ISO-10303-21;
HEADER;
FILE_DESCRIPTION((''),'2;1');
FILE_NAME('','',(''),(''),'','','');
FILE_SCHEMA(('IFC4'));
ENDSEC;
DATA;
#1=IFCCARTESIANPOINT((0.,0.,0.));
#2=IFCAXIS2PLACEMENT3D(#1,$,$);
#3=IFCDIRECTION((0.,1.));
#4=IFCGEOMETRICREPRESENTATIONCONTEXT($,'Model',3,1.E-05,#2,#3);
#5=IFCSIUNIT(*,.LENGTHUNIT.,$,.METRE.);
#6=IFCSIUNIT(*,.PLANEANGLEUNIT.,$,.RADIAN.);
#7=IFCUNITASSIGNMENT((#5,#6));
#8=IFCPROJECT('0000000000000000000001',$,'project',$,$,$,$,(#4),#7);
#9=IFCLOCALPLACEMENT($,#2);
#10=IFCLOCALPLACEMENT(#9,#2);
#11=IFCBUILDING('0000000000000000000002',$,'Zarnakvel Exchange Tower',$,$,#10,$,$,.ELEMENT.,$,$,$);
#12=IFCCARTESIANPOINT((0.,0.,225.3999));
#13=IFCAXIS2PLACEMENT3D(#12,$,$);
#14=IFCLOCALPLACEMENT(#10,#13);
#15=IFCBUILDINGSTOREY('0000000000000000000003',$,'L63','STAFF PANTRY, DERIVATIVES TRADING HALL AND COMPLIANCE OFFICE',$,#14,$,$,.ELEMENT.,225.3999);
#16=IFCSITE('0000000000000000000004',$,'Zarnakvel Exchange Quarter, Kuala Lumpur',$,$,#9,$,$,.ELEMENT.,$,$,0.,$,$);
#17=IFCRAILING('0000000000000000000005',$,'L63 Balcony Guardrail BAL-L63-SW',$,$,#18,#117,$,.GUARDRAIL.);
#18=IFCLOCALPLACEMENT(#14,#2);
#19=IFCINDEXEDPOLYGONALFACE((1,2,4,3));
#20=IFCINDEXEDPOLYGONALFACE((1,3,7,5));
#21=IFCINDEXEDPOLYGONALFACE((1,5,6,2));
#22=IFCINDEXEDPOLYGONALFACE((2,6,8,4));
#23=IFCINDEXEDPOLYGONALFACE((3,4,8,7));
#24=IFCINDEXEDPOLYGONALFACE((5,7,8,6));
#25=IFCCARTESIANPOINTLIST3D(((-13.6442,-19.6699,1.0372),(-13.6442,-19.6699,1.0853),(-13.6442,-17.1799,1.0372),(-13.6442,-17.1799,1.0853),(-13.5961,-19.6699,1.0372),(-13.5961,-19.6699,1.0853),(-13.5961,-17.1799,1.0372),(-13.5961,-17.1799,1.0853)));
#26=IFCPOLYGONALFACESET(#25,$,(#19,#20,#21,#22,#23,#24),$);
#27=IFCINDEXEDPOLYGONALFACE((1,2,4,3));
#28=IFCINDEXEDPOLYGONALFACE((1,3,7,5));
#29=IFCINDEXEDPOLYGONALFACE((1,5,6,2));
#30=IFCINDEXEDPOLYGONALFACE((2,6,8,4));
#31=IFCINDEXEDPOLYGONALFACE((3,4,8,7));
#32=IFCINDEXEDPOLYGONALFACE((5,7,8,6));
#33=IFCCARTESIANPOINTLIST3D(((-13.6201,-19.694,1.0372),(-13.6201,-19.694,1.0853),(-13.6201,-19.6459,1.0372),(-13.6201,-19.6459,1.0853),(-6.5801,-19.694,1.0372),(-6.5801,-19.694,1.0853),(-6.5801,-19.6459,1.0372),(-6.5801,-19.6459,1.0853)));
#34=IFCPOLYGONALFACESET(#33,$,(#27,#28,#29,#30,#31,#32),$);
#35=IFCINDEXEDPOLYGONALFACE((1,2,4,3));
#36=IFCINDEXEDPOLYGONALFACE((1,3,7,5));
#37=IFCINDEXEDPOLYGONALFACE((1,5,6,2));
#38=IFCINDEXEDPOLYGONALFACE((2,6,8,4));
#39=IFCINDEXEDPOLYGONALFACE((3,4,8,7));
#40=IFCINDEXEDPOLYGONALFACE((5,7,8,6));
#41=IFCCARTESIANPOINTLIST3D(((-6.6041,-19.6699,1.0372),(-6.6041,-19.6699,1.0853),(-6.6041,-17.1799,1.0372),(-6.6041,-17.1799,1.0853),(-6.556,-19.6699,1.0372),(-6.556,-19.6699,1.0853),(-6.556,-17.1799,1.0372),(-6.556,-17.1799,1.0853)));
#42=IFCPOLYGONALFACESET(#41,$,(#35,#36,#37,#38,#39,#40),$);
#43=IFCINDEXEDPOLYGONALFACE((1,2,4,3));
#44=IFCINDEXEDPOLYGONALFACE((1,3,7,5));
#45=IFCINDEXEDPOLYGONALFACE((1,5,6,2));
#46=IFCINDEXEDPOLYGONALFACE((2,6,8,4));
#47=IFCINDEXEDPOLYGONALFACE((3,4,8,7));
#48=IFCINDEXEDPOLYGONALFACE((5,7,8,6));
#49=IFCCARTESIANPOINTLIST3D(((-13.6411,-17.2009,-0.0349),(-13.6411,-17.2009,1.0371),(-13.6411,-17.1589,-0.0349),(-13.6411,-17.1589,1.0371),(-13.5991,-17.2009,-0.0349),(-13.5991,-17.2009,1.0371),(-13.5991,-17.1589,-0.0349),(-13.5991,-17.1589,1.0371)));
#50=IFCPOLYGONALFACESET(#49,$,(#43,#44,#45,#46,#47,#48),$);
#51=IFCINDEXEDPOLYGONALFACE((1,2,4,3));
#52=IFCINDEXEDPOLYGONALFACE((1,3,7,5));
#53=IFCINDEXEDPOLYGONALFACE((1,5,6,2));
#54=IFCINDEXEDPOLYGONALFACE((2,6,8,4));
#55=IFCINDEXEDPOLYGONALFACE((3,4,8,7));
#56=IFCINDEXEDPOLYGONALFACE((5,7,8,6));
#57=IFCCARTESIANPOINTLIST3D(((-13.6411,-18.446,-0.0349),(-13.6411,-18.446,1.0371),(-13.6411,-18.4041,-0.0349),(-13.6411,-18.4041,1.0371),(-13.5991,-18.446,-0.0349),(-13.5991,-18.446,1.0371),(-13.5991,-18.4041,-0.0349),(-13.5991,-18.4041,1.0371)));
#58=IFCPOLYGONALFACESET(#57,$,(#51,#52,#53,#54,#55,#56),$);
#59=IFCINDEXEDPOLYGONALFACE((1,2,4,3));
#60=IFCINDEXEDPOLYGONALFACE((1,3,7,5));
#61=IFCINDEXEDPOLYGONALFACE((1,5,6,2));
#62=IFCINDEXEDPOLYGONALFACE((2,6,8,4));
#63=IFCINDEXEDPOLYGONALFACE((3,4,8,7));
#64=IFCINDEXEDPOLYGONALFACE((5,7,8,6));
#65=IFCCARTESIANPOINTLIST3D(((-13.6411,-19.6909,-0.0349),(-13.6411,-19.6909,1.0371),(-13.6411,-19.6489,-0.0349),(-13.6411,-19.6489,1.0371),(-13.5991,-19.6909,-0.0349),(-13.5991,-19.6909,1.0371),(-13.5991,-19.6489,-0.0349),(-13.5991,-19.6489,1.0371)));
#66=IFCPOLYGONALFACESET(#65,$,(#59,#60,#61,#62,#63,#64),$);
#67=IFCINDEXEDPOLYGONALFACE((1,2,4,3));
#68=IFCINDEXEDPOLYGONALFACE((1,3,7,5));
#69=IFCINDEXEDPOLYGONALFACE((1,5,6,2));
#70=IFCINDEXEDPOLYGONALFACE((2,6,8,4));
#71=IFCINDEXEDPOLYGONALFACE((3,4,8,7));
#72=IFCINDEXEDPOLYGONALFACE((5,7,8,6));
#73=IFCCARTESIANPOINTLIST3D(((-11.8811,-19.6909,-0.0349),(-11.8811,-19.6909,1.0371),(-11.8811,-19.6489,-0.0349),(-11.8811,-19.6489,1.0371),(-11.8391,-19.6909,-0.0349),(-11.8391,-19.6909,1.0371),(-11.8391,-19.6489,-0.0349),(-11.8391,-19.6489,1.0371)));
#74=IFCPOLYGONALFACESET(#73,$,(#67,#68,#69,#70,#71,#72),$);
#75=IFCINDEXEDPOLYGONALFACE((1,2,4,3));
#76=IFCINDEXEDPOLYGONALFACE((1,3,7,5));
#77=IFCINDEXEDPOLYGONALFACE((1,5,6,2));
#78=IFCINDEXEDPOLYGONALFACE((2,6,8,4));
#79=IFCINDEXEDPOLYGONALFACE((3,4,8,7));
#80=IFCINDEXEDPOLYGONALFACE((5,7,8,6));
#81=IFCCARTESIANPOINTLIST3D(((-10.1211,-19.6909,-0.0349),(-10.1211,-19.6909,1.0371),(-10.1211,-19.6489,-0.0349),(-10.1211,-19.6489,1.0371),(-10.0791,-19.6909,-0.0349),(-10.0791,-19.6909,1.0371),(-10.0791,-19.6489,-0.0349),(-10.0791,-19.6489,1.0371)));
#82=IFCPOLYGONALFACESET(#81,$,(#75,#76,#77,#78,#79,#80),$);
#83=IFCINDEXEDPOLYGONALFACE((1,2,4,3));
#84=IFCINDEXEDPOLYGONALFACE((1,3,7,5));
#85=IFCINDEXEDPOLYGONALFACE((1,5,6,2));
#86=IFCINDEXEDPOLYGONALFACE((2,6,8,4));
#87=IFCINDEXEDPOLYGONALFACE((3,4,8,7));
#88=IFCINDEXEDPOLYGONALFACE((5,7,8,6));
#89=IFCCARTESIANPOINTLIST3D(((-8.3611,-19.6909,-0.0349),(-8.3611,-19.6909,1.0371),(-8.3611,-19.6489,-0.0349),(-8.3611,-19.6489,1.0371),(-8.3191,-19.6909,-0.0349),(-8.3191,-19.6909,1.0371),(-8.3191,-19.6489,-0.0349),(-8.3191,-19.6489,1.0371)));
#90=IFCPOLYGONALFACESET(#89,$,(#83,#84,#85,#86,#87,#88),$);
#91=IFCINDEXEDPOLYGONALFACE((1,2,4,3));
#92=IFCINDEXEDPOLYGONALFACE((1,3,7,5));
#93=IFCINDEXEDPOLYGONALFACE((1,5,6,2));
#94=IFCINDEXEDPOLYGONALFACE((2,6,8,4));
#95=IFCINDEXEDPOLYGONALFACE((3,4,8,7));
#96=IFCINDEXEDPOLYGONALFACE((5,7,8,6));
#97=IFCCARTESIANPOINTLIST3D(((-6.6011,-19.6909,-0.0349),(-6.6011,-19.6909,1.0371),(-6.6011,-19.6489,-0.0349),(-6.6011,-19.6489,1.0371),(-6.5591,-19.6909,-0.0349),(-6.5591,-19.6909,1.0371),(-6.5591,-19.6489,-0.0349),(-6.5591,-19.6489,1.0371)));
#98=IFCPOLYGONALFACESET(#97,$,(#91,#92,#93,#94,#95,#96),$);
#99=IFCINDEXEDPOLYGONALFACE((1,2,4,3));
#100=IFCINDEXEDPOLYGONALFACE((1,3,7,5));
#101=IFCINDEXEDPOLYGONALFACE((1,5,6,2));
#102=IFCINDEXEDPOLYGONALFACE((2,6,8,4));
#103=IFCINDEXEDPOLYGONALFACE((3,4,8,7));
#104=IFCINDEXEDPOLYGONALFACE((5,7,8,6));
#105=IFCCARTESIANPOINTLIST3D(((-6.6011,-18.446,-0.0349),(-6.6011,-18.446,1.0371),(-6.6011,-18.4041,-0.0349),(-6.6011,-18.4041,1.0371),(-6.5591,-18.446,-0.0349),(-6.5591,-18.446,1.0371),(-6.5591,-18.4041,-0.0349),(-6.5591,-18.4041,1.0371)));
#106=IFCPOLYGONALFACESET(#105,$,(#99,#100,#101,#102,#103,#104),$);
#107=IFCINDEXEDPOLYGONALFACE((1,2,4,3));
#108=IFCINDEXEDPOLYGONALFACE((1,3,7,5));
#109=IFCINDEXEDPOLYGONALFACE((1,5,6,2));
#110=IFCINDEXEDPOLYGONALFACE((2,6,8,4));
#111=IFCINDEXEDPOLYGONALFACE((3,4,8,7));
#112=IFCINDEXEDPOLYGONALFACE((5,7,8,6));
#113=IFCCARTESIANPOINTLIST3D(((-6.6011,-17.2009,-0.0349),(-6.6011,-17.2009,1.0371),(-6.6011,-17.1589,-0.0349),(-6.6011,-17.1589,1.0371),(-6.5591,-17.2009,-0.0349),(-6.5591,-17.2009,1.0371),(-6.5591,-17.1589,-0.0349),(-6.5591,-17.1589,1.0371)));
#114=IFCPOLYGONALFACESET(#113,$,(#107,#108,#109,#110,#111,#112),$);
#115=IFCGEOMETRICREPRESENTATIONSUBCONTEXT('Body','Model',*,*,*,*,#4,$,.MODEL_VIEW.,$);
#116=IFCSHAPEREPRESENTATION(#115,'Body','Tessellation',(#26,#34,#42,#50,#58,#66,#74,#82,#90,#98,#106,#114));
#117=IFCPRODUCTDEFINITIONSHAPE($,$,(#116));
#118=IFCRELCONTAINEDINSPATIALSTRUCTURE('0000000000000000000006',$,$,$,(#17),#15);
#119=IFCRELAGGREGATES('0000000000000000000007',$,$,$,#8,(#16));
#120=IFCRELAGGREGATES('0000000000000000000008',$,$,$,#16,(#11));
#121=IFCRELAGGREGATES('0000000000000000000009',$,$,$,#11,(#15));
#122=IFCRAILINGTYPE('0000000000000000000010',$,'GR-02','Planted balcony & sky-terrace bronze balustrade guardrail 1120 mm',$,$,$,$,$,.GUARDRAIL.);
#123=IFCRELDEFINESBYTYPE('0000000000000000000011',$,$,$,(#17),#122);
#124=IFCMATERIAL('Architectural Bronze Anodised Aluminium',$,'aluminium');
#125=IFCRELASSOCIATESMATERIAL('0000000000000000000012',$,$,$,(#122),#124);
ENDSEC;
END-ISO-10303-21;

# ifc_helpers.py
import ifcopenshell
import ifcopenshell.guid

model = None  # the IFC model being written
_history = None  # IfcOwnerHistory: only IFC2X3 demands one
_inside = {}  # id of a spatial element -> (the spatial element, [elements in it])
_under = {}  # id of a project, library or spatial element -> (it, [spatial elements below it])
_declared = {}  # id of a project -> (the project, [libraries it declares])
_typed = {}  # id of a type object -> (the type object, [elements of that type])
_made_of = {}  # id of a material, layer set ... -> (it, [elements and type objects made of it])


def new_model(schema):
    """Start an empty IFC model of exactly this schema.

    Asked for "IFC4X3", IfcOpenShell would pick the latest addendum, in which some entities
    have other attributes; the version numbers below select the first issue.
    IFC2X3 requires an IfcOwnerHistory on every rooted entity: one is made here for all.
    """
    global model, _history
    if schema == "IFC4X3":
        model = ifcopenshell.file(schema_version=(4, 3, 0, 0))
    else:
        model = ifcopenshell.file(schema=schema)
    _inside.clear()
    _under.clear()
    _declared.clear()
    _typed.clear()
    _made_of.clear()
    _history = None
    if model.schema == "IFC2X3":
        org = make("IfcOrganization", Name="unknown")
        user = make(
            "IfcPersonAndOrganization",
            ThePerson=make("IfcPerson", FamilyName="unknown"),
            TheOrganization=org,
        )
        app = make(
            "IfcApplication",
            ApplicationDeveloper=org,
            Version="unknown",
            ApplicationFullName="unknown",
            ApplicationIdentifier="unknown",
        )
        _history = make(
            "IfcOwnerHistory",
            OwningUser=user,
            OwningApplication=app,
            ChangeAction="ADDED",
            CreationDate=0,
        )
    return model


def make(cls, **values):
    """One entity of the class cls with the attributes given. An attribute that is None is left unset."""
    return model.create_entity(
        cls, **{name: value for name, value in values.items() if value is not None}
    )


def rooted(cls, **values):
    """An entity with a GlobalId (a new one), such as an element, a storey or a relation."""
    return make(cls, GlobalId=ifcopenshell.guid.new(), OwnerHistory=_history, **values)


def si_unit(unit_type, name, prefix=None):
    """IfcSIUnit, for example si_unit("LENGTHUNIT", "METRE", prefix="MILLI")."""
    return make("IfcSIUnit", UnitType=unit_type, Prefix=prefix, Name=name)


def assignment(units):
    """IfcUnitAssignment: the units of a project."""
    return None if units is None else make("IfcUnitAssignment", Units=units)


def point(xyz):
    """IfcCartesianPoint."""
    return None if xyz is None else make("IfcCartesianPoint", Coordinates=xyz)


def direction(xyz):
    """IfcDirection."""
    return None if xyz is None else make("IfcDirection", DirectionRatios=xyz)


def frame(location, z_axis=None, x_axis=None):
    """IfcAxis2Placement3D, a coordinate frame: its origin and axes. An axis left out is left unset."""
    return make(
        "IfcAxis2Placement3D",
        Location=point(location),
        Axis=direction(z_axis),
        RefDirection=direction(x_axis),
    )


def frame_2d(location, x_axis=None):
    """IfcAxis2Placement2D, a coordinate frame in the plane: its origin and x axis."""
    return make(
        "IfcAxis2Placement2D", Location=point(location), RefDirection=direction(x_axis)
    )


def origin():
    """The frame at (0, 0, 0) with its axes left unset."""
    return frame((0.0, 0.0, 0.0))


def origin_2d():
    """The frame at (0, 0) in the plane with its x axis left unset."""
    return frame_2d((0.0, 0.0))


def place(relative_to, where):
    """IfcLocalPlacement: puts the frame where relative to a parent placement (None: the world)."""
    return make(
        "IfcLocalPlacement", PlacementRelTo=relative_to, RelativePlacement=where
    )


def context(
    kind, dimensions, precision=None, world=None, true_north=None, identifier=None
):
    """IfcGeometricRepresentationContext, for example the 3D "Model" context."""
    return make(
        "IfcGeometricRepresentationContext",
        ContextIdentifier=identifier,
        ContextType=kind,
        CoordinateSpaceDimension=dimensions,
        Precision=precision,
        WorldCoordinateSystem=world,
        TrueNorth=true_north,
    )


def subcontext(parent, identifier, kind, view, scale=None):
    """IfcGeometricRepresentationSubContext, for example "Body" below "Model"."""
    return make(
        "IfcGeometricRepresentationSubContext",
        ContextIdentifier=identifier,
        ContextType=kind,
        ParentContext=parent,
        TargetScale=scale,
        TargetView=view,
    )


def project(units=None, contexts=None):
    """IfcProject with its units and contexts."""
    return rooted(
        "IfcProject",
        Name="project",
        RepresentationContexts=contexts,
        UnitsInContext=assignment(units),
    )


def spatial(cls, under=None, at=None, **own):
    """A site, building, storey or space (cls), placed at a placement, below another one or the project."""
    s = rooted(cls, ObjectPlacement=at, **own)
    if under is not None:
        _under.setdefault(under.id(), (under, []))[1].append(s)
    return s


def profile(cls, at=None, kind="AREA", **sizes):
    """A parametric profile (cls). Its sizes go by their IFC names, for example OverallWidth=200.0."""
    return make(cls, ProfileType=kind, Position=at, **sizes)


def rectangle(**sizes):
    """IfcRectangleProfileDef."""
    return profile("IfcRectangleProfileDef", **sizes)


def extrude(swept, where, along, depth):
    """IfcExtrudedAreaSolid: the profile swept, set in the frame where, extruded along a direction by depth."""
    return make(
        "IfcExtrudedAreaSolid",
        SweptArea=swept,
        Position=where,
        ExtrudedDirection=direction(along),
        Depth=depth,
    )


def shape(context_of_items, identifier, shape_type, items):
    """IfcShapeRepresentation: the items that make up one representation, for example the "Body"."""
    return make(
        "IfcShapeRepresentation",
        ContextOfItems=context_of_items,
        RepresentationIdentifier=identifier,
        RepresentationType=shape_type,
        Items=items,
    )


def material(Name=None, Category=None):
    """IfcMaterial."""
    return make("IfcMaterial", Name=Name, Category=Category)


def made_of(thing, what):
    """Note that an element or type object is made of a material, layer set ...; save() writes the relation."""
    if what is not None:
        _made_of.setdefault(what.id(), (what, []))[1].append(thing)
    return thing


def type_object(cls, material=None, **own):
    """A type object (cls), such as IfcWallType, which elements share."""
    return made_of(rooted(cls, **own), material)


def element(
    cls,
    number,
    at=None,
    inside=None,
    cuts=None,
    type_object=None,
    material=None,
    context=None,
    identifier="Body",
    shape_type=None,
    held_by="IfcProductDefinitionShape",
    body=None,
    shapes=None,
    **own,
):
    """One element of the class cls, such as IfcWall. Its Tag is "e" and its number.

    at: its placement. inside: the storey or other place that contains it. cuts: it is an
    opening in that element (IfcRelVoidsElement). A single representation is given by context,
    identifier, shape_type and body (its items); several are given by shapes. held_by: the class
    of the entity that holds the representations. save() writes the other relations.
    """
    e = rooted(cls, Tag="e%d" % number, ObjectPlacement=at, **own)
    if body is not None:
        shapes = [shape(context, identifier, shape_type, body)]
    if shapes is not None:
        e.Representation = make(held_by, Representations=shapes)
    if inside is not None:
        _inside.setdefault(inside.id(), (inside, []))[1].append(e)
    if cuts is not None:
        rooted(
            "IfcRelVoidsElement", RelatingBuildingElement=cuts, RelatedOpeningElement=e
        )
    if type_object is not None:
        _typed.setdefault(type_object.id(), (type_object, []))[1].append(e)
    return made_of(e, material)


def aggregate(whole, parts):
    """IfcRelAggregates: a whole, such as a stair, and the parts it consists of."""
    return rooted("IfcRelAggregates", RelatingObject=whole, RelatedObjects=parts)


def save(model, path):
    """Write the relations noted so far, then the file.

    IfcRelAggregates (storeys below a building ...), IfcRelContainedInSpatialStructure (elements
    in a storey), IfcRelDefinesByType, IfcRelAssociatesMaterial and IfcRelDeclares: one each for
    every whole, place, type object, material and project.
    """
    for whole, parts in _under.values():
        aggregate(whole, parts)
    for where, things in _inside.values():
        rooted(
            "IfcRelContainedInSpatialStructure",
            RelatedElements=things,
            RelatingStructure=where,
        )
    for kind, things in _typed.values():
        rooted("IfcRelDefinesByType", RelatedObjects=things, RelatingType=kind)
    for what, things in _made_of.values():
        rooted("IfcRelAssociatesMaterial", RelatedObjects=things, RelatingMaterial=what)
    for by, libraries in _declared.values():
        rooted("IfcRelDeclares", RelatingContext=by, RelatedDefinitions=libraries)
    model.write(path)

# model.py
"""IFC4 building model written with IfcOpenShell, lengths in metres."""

from ifc_helpers import new_model, si_unit, direction, frame, origin, origin_2d, place, context, subcontext, project, spatial, rectangle, extrude, material, type_object, element, save


model = new_model("IFC4")

# Units and contexts
model_context = context("Model", 3, precision=1e-05, world=origin(), true_north=direction((0.0, 1.0)))
body_context = subcontext(model_context, "Body", "Model", "MODEL_VIEW")
ifc_project = project(units=[si_unit("LENGTHUNIT", "METRE"), si_unit("PLANEANGLEUNIT", "RADIAN")], contexts=[model_context])

# Site, building, storey
site_placement = place(None, origin())
site = spatial("IfcSite", under=ifc_project, at=site_placement, Name="Zarnakvel Exchange Quarter, Kuala Lumpur", CompositionType="ELEMENT", RefElevation=0.0)
building_placement = place(site_placement, origin())
building = spatial("IfcBuilding", under=site, at=building_placement, Name="Zarnakvel Exchange Tower", CompositionType="ELEMENT")
storey_placement = place(building_placement, frame((0.0, 0.0, 225.3999)))
storey = spatial("IfcBuildingStorey", under=building, at=storey_placement, Name="L63", Description="STAFF PANTRY, DERIVATIVES TRADING HALL AND COMPLIANCE OFFICE", CompositionType="ELEMENT", Elevation=225.3999)

# Shared definitions
ifc_material_1 = material(Name="Architectural Bronze Anodised Aluminium", Category="aluminium")

# Railing
railing_type = type_object("IfcRailingType", Name="GR-02", Description="Planted balcony & sky-terrace bronze balustrade guardrail 1120 mm", PredefinedType="GUARDRAIL", material=ifc_material_1)
railing_placement = place(storey_placement, frame((-13.6201, -17.1799, -0.0349)))
element("IfcRailing", 1, at=railing_placement, inside=storey, type_object=railing_type, Name="L63 Balcony Guardrail BAL-L63-SW", PredefinedType="GUARDRAIL", context=body_context, shape_type="SweptSolid", body=[
    extrude(rectangle(XDim=0.0481, YDim=0.0481, at=origin_2d()), frame((0.0, 0.0, 1.0962), z_axis=(0.0, -1.0, 0.0), x_axis=(1.0, 0.0, 0.0)), (0.0, 0.0, 1.0), 2.49),
    extrude(rectangle(XDim=0.0481, YDim=0.0481, at=origin_2d()), frame((0.0, -2.49, 1.0962), z_axis=(1.0, 0.0, 0.0), x_axis=(0.0, 1.0, 0.0)), (0.0, 0.0, 1.0), 7.04),
    extrude(rectangle(XDim=0.0481, YDim=0.0481, at=origin_2d()), frame((7.04, -2.49, 1.0962), z_axis=(0.0, 1.0, 0.0), x_axis=(-1.0, 0.0, 0.0)), (0.0, 0.0, 1.0), 2.49),
    extrude(rectangle(XDim=0.042, YDim=0.042, at=origin_2d()), origin(), (0.0, 0.0, 1.0), 1.072),
    extrude(rectangle(XDim=0.042, YDim=0.042, at=origin_2d()), frame((0.0, -1.2451, 0.0)), (0.0, 0.0, 1.0), 1.072),
    extrude(rectangle(XDim=0.042, YDim=0.042, at=origin_2d()), frame((0.0, -2.49, 0.0)), (0.0, 0.0, 1.0), 1.072),
    extrude(rectangle(XDim=0.042, YDim=0.042, at=origin_2d()), frame((1.76, -2.49, 0.0)), (0.0, 0.0, 1.0), 1.072),
    extrude(rectangle(XDim=0.042, YDim=0.042, at=origin_2d()), frame((3.52, -2.49, 0.0)), (0.0, 0.0, 1.0), 1.072),
    extrude(rectangle(XDim=0.042, YDim=0.042, at=origin_2d()), frame((5.28, -2.49, 0.0)), (0.0, 0.0, 1.0), 1.072),
    extrude(rectangle(XDim=0.042, YDim=0.042, at=origin_2d()), frame((7.04, -2.49, 0.0)), (0.0, 0.0, 1.0), 1.072),
    extrude(rectangle(XDim=0.042, YDim=0.042, at=origin_2d()), frame((7.04, -1.2451, 0.0)), (0.0, 0.0, 1.0), 1.072),
    extrude(rectangle(XDim=0.042, YDim=0.042, at=origin_2d()), frame((7.04, 0.0, 0.0)), (0.0, 0.0, 1.0), 1.072),
])

save(model, "model.ifc")
